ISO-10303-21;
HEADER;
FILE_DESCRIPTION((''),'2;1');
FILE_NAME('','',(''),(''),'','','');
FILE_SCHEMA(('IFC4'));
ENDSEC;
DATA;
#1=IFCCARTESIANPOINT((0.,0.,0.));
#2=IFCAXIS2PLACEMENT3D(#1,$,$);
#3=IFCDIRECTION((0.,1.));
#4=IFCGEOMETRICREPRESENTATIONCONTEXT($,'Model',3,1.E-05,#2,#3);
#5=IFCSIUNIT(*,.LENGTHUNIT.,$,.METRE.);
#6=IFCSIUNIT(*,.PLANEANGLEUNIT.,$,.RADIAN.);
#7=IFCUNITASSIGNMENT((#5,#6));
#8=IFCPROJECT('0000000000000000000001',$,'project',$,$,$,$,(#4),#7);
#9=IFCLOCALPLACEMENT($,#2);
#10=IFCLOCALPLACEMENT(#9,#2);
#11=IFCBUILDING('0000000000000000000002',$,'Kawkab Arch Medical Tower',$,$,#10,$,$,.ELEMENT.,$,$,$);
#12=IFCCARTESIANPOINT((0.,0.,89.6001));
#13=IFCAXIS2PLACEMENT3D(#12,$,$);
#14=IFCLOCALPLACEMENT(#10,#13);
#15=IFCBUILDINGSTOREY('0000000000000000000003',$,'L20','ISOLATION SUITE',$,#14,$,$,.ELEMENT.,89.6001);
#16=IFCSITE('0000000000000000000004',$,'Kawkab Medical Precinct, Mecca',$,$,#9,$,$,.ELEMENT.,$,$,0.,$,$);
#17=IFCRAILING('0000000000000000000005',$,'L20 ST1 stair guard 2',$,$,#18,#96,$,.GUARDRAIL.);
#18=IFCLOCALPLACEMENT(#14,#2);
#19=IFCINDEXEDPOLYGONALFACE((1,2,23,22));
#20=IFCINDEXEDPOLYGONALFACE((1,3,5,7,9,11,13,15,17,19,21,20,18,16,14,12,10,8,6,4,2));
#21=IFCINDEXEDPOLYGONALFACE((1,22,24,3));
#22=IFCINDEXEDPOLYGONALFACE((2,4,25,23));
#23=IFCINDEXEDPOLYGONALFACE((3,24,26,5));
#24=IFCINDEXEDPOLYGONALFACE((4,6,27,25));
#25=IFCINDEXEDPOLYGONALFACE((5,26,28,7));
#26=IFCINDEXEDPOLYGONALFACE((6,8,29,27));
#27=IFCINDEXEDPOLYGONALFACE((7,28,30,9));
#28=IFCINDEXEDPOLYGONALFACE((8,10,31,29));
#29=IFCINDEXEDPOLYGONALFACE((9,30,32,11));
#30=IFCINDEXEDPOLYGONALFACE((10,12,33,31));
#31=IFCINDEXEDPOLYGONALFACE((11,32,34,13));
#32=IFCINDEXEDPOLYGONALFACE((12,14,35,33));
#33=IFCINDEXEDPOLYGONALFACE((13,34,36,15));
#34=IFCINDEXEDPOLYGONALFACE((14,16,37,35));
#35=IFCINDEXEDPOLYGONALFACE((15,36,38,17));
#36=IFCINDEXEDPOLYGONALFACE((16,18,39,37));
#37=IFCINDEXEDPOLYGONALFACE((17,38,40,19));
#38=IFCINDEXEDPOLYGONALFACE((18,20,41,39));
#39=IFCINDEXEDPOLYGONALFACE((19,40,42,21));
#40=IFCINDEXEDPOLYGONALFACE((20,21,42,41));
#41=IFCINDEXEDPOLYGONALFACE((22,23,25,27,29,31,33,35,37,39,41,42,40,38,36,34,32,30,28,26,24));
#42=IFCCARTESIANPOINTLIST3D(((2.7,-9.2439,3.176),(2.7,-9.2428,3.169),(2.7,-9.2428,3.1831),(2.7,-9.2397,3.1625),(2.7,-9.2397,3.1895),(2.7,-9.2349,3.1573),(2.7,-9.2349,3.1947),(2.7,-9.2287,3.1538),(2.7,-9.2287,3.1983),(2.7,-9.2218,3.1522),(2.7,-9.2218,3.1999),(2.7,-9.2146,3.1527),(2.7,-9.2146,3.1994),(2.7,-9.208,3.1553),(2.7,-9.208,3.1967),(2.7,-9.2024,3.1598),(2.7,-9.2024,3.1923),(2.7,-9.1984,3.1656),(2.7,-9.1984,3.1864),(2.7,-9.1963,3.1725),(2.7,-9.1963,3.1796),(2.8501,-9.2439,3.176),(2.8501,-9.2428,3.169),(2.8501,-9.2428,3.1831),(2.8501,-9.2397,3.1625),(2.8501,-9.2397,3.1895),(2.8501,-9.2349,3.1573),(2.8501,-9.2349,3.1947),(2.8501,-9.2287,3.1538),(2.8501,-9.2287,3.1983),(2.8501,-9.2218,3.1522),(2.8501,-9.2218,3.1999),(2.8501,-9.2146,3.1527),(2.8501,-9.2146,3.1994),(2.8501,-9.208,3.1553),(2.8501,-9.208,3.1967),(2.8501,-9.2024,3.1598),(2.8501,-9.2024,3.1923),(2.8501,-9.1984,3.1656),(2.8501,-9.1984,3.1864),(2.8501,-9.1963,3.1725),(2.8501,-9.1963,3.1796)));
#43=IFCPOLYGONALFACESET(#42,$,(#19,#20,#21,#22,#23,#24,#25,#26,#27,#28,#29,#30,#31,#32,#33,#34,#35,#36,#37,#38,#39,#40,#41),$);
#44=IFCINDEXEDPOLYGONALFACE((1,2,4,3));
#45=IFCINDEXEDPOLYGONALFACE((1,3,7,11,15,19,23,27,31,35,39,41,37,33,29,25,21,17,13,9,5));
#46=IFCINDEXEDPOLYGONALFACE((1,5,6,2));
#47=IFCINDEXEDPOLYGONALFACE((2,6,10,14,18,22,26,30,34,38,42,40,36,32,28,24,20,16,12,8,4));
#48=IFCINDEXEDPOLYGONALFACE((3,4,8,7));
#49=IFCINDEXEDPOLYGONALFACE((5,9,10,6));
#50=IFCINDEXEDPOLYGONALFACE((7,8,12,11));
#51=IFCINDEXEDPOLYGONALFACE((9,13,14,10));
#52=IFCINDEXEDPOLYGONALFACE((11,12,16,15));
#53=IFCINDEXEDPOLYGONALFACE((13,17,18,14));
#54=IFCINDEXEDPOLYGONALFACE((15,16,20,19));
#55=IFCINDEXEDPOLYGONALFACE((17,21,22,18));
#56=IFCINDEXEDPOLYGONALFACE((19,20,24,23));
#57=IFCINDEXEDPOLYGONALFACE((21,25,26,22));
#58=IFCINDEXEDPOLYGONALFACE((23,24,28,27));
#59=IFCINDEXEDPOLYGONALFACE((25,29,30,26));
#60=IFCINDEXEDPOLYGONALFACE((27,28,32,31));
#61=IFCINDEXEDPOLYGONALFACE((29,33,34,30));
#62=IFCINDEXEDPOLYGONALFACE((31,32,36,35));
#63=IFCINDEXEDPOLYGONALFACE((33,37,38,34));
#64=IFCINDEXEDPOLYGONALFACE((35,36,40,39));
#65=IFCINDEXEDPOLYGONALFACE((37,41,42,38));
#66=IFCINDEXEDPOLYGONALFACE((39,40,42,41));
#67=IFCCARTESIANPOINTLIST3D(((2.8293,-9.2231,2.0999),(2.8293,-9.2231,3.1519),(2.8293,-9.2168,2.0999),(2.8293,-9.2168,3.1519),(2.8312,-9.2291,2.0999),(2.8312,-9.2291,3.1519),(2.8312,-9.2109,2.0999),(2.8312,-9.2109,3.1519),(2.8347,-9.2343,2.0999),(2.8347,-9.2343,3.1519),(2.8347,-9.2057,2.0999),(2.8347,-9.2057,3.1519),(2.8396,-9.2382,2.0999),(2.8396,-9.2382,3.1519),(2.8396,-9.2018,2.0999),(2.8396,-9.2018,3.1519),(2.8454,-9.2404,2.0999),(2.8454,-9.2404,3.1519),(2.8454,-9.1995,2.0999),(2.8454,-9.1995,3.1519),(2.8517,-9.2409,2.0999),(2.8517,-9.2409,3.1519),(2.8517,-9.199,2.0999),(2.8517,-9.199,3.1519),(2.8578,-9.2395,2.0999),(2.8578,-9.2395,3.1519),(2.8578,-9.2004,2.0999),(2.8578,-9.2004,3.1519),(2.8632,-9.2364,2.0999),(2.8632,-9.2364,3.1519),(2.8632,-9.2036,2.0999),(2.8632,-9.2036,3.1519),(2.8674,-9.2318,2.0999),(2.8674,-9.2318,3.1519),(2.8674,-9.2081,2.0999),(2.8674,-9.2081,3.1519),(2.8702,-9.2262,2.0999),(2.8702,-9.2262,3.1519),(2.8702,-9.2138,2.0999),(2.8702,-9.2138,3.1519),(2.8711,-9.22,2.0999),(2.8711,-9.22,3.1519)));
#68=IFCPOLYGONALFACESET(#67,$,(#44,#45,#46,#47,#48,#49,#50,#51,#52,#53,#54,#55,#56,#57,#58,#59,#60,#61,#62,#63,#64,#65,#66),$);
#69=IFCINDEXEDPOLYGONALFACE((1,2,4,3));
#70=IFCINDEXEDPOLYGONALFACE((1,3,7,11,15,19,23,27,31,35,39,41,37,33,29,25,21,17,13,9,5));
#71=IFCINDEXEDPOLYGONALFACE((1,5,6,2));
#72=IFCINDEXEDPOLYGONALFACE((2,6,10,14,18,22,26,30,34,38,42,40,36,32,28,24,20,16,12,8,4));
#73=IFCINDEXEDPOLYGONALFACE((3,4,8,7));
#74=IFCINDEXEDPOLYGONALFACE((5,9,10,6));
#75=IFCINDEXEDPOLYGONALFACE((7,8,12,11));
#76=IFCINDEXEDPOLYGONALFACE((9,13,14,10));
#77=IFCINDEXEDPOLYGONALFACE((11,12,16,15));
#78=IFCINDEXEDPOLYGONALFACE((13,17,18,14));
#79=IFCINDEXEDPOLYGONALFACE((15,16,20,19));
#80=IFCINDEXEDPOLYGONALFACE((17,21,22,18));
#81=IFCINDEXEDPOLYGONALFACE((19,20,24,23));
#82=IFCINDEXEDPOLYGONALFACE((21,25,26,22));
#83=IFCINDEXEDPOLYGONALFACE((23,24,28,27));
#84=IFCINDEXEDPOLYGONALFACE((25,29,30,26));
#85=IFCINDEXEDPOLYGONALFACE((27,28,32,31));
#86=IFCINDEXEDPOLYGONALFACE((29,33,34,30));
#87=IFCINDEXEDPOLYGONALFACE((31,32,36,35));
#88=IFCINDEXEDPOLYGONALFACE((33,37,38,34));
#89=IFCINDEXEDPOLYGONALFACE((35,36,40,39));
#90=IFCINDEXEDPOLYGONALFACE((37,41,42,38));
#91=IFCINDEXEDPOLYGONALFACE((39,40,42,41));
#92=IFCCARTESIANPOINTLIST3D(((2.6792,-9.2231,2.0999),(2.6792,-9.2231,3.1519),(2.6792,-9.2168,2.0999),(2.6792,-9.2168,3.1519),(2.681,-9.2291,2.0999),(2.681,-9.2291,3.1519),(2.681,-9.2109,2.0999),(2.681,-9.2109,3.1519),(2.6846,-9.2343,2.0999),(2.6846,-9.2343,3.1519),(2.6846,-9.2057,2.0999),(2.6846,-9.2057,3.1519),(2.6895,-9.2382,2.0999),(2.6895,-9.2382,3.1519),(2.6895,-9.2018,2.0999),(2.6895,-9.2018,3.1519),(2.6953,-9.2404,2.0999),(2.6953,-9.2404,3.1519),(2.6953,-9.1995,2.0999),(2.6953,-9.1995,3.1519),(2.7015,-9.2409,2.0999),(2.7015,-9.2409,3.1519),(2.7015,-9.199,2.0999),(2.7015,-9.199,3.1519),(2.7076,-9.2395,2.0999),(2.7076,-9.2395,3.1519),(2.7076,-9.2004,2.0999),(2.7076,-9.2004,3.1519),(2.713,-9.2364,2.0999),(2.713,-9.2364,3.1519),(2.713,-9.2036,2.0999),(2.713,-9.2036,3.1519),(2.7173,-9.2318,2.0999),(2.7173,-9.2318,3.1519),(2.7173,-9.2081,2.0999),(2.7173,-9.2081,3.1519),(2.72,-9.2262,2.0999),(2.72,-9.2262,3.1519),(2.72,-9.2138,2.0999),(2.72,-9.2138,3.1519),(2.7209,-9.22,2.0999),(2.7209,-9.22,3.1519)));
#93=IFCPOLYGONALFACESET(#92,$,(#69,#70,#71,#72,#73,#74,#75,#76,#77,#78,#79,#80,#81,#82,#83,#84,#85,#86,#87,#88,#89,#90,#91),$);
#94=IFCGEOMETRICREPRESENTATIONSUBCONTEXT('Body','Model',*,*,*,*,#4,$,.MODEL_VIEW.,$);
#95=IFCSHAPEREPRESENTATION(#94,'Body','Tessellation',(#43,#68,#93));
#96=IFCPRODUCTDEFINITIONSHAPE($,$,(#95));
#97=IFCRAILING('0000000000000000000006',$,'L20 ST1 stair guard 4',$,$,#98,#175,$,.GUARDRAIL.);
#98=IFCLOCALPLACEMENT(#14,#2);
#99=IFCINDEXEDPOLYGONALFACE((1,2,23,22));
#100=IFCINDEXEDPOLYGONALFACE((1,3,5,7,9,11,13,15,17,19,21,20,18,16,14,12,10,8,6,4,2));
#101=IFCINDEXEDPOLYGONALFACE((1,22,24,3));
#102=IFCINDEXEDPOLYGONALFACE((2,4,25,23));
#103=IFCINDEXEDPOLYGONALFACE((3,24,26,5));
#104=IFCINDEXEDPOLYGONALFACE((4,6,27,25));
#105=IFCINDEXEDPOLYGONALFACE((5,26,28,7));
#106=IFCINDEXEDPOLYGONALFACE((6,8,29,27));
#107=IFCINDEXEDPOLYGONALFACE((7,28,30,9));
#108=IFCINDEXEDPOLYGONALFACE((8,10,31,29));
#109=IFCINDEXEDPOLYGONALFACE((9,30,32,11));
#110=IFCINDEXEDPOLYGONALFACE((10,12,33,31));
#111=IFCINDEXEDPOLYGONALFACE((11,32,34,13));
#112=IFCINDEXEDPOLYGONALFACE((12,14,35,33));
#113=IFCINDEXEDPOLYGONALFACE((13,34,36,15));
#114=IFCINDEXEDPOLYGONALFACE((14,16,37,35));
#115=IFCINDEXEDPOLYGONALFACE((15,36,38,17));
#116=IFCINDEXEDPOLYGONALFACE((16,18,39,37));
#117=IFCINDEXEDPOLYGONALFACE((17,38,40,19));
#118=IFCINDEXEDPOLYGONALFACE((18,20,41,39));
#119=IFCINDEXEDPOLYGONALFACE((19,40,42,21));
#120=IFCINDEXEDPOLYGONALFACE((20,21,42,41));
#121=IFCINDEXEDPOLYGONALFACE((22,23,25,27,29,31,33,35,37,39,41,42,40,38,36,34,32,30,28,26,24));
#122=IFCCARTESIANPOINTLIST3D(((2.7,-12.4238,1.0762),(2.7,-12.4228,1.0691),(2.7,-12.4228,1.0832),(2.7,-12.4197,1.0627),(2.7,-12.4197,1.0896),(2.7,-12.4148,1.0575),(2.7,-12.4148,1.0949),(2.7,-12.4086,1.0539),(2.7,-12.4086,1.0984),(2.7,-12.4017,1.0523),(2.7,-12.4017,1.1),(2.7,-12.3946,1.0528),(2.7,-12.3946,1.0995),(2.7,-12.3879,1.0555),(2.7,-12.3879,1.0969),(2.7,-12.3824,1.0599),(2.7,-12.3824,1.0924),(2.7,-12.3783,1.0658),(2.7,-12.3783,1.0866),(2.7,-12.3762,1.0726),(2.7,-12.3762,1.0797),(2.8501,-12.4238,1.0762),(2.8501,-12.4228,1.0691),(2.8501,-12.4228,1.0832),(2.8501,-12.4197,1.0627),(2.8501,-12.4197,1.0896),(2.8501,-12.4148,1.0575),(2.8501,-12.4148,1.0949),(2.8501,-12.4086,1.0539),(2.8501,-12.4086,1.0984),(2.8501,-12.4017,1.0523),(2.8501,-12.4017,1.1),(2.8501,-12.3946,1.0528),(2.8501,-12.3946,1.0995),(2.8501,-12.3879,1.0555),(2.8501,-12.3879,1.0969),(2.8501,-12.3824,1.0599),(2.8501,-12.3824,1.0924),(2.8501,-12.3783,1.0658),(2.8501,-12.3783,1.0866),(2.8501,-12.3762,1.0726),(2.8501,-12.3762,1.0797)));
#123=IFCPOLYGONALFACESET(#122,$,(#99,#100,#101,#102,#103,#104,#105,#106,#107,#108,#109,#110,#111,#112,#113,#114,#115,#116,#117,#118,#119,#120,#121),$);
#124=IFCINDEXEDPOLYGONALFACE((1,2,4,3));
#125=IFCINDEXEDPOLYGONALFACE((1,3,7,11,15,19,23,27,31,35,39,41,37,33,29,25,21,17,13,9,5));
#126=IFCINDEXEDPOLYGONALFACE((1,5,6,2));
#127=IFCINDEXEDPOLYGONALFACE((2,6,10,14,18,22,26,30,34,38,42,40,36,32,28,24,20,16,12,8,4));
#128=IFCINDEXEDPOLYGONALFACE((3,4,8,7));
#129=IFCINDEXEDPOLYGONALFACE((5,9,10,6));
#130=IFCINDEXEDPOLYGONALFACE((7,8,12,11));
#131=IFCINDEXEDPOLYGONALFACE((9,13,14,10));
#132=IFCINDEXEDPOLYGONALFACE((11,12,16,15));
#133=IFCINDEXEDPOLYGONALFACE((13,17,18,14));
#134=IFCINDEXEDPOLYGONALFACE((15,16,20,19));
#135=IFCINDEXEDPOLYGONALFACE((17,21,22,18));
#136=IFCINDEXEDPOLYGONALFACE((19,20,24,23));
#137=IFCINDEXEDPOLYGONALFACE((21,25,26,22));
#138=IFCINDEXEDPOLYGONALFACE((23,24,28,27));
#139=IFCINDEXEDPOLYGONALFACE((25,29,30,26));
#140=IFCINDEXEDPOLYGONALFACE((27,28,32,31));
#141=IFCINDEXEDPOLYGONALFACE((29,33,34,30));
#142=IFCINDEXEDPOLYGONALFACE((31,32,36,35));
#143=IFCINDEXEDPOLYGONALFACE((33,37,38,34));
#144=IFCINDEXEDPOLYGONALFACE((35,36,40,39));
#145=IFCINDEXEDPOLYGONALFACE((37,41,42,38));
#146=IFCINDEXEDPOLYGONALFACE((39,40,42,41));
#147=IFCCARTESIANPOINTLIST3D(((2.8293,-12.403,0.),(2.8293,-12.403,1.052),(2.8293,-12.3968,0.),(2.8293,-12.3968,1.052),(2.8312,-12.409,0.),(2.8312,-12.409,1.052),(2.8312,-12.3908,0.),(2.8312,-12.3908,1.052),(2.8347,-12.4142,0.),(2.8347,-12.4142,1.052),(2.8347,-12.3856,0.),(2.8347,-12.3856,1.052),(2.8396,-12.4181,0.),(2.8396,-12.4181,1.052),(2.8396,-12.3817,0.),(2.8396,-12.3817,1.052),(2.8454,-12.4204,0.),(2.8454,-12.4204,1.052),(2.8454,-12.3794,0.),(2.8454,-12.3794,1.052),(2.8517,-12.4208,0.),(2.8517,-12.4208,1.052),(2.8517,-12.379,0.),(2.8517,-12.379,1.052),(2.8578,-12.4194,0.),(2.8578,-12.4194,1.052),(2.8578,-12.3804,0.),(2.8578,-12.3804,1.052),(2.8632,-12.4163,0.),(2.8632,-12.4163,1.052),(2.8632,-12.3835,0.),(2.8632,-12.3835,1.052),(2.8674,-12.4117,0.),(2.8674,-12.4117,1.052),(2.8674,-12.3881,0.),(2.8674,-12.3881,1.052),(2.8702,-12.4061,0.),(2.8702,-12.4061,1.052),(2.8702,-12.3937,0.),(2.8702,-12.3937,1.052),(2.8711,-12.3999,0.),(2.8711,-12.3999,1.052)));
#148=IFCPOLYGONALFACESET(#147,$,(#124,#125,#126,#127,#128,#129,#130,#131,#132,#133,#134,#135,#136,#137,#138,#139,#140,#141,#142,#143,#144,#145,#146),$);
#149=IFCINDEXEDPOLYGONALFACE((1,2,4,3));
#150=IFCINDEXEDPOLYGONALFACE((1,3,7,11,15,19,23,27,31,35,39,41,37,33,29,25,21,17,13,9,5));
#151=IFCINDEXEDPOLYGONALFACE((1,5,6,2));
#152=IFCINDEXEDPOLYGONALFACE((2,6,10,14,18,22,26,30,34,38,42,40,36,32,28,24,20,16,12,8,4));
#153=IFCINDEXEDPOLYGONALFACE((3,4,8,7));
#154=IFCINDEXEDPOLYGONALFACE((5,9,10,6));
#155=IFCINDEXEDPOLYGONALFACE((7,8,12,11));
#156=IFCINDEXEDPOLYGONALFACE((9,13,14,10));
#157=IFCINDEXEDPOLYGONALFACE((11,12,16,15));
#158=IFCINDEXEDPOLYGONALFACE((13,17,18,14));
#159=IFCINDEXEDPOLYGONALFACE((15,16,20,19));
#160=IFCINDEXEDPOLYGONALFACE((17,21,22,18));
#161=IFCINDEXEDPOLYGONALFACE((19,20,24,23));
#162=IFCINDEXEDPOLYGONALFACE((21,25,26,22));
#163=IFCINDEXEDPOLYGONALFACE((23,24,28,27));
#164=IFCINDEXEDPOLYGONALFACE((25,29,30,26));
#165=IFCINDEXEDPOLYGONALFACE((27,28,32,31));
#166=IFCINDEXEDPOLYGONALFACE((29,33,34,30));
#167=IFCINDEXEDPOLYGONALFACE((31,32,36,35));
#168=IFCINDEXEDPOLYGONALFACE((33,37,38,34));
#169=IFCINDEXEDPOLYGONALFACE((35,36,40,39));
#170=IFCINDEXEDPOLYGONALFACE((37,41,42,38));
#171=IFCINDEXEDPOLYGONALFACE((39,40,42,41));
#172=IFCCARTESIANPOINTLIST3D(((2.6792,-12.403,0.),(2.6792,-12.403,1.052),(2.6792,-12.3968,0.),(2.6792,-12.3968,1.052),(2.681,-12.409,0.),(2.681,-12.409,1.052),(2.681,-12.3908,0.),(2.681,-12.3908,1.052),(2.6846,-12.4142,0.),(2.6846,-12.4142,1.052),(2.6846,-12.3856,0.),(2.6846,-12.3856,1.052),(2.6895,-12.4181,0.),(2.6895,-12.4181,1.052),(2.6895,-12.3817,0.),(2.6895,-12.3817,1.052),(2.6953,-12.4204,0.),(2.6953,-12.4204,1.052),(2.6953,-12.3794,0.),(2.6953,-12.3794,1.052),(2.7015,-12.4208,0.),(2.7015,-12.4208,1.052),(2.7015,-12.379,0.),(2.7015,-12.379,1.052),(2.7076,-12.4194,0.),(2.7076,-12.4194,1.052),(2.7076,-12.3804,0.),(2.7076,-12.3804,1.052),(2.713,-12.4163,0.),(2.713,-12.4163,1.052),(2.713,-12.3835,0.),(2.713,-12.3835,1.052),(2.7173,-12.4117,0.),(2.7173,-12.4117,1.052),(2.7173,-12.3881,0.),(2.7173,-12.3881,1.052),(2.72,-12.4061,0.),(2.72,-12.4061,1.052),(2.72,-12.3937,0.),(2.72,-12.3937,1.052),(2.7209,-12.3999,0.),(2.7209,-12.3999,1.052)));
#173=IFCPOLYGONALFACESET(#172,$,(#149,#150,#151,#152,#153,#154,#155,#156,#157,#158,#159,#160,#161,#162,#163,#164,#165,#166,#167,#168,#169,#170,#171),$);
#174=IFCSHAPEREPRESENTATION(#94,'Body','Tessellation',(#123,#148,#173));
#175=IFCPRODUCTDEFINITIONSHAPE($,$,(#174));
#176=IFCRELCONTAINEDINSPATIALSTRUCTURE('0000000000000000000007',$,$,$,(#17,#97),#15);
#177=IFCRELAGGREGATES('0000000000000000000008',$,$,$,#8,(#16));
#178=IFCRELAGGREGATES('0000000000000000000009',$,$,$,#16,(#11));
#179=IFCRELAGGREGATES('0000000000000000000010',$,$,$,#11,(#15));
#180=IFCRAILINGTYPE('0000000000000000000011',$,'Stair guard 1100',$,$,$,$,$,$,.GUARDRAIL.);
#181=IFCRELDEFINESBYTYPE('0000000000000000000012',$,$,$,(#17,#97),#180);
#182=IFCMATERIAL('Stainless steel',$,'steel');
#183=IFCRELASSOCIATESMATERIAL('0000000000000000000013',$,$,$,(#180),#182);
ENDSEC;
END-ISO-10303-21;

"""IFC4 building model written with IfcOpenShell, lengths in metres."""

from ifc_helpers import new_model, si_unit, direction, frame, origin, origin_2d, place, context, subcontext, project, spatial, circle, extrude, material, type_object, element, save


model = new_model("IFC4")

# Units and contexts
model_context = context("Model", 3, precision=1e-05, world=origin(), true_north=direction((0.0, 1.0)))
body_context = subcontext(model_context, "Body", "Model", "MODEL_VIEW")
ifc_project = project(units=[si_unit("LENGTHUNIT", "METRE"), si_unit("PLANEANGLEUNIT", "RADIAN")], contexts=[model_context])

# Site, building, storey
site_placement = place(None, origin())
site = spatial("IfcSite", under=ifc_project, at=site_placement, Name="Kawkab Medical Precinct, Mecca", CompositionType="ELEMENT", RefElevation=0.0)
building_placement = place(site_placement, origin())
building = spatial("IfcBuilding", under=site, at=building_placement, Name="Kawkab Arch Medical Tower", CompositionType="ELEMENT")
storey_placement = place(building_placement, frame((0.0, 0.0, 89.6001)))
storey = spatial("IfcBuildingStorey", under=building, at=storey_placement, Name="L20", Description="ISOLATION SUITE", CompositionType="ELEMENT", Elevation=89.6001)

# Railings
ifc_material_1 = material(Name="Stainless steel", Category="steel")
railing_type = type_object("IfcRailingType", Name="Stair guard 1100", PredefinedType="GUARDRAIL", material=ifc_material_1)
for number, where, name in (
    (1, (2.8501, -9.22, 2.0999), "L20 ST1 stair guard 2"),
    (2, (2.8501, -12.3999, 0.0), "L20 ST1 stair guard 4"),
):
    element("IfcRailing", number, at=place(storey_placement, frame(where)), inside=storey, type_object=railing_type, Name=name, PredefinedType="GUARDRAIL", context=body_context, shape_type="SweptSolid", body=[
        extrude(circle(Radius=0.0239, at=origin_2d()), frame((0.0, 0.0, 1.0762), z_axis=(-1.0, 0.0, 0.0), x_axis=(0.0, -1.0, 0.0)), (0.0, 0.0, 1.0), 0.1501),
        extrude(circle(Radius=0.021, at=origin_2d()), origin(), (0.0, 0.0, 1.0), 1.052),
        extrude(circle(Radius=0.021, at=origin_2d()), frame((-0.1501, 0.0, 0.0)), (0.0, 0.0, 1.0), 1.052),
    ])

save(model, "model.ifc")
